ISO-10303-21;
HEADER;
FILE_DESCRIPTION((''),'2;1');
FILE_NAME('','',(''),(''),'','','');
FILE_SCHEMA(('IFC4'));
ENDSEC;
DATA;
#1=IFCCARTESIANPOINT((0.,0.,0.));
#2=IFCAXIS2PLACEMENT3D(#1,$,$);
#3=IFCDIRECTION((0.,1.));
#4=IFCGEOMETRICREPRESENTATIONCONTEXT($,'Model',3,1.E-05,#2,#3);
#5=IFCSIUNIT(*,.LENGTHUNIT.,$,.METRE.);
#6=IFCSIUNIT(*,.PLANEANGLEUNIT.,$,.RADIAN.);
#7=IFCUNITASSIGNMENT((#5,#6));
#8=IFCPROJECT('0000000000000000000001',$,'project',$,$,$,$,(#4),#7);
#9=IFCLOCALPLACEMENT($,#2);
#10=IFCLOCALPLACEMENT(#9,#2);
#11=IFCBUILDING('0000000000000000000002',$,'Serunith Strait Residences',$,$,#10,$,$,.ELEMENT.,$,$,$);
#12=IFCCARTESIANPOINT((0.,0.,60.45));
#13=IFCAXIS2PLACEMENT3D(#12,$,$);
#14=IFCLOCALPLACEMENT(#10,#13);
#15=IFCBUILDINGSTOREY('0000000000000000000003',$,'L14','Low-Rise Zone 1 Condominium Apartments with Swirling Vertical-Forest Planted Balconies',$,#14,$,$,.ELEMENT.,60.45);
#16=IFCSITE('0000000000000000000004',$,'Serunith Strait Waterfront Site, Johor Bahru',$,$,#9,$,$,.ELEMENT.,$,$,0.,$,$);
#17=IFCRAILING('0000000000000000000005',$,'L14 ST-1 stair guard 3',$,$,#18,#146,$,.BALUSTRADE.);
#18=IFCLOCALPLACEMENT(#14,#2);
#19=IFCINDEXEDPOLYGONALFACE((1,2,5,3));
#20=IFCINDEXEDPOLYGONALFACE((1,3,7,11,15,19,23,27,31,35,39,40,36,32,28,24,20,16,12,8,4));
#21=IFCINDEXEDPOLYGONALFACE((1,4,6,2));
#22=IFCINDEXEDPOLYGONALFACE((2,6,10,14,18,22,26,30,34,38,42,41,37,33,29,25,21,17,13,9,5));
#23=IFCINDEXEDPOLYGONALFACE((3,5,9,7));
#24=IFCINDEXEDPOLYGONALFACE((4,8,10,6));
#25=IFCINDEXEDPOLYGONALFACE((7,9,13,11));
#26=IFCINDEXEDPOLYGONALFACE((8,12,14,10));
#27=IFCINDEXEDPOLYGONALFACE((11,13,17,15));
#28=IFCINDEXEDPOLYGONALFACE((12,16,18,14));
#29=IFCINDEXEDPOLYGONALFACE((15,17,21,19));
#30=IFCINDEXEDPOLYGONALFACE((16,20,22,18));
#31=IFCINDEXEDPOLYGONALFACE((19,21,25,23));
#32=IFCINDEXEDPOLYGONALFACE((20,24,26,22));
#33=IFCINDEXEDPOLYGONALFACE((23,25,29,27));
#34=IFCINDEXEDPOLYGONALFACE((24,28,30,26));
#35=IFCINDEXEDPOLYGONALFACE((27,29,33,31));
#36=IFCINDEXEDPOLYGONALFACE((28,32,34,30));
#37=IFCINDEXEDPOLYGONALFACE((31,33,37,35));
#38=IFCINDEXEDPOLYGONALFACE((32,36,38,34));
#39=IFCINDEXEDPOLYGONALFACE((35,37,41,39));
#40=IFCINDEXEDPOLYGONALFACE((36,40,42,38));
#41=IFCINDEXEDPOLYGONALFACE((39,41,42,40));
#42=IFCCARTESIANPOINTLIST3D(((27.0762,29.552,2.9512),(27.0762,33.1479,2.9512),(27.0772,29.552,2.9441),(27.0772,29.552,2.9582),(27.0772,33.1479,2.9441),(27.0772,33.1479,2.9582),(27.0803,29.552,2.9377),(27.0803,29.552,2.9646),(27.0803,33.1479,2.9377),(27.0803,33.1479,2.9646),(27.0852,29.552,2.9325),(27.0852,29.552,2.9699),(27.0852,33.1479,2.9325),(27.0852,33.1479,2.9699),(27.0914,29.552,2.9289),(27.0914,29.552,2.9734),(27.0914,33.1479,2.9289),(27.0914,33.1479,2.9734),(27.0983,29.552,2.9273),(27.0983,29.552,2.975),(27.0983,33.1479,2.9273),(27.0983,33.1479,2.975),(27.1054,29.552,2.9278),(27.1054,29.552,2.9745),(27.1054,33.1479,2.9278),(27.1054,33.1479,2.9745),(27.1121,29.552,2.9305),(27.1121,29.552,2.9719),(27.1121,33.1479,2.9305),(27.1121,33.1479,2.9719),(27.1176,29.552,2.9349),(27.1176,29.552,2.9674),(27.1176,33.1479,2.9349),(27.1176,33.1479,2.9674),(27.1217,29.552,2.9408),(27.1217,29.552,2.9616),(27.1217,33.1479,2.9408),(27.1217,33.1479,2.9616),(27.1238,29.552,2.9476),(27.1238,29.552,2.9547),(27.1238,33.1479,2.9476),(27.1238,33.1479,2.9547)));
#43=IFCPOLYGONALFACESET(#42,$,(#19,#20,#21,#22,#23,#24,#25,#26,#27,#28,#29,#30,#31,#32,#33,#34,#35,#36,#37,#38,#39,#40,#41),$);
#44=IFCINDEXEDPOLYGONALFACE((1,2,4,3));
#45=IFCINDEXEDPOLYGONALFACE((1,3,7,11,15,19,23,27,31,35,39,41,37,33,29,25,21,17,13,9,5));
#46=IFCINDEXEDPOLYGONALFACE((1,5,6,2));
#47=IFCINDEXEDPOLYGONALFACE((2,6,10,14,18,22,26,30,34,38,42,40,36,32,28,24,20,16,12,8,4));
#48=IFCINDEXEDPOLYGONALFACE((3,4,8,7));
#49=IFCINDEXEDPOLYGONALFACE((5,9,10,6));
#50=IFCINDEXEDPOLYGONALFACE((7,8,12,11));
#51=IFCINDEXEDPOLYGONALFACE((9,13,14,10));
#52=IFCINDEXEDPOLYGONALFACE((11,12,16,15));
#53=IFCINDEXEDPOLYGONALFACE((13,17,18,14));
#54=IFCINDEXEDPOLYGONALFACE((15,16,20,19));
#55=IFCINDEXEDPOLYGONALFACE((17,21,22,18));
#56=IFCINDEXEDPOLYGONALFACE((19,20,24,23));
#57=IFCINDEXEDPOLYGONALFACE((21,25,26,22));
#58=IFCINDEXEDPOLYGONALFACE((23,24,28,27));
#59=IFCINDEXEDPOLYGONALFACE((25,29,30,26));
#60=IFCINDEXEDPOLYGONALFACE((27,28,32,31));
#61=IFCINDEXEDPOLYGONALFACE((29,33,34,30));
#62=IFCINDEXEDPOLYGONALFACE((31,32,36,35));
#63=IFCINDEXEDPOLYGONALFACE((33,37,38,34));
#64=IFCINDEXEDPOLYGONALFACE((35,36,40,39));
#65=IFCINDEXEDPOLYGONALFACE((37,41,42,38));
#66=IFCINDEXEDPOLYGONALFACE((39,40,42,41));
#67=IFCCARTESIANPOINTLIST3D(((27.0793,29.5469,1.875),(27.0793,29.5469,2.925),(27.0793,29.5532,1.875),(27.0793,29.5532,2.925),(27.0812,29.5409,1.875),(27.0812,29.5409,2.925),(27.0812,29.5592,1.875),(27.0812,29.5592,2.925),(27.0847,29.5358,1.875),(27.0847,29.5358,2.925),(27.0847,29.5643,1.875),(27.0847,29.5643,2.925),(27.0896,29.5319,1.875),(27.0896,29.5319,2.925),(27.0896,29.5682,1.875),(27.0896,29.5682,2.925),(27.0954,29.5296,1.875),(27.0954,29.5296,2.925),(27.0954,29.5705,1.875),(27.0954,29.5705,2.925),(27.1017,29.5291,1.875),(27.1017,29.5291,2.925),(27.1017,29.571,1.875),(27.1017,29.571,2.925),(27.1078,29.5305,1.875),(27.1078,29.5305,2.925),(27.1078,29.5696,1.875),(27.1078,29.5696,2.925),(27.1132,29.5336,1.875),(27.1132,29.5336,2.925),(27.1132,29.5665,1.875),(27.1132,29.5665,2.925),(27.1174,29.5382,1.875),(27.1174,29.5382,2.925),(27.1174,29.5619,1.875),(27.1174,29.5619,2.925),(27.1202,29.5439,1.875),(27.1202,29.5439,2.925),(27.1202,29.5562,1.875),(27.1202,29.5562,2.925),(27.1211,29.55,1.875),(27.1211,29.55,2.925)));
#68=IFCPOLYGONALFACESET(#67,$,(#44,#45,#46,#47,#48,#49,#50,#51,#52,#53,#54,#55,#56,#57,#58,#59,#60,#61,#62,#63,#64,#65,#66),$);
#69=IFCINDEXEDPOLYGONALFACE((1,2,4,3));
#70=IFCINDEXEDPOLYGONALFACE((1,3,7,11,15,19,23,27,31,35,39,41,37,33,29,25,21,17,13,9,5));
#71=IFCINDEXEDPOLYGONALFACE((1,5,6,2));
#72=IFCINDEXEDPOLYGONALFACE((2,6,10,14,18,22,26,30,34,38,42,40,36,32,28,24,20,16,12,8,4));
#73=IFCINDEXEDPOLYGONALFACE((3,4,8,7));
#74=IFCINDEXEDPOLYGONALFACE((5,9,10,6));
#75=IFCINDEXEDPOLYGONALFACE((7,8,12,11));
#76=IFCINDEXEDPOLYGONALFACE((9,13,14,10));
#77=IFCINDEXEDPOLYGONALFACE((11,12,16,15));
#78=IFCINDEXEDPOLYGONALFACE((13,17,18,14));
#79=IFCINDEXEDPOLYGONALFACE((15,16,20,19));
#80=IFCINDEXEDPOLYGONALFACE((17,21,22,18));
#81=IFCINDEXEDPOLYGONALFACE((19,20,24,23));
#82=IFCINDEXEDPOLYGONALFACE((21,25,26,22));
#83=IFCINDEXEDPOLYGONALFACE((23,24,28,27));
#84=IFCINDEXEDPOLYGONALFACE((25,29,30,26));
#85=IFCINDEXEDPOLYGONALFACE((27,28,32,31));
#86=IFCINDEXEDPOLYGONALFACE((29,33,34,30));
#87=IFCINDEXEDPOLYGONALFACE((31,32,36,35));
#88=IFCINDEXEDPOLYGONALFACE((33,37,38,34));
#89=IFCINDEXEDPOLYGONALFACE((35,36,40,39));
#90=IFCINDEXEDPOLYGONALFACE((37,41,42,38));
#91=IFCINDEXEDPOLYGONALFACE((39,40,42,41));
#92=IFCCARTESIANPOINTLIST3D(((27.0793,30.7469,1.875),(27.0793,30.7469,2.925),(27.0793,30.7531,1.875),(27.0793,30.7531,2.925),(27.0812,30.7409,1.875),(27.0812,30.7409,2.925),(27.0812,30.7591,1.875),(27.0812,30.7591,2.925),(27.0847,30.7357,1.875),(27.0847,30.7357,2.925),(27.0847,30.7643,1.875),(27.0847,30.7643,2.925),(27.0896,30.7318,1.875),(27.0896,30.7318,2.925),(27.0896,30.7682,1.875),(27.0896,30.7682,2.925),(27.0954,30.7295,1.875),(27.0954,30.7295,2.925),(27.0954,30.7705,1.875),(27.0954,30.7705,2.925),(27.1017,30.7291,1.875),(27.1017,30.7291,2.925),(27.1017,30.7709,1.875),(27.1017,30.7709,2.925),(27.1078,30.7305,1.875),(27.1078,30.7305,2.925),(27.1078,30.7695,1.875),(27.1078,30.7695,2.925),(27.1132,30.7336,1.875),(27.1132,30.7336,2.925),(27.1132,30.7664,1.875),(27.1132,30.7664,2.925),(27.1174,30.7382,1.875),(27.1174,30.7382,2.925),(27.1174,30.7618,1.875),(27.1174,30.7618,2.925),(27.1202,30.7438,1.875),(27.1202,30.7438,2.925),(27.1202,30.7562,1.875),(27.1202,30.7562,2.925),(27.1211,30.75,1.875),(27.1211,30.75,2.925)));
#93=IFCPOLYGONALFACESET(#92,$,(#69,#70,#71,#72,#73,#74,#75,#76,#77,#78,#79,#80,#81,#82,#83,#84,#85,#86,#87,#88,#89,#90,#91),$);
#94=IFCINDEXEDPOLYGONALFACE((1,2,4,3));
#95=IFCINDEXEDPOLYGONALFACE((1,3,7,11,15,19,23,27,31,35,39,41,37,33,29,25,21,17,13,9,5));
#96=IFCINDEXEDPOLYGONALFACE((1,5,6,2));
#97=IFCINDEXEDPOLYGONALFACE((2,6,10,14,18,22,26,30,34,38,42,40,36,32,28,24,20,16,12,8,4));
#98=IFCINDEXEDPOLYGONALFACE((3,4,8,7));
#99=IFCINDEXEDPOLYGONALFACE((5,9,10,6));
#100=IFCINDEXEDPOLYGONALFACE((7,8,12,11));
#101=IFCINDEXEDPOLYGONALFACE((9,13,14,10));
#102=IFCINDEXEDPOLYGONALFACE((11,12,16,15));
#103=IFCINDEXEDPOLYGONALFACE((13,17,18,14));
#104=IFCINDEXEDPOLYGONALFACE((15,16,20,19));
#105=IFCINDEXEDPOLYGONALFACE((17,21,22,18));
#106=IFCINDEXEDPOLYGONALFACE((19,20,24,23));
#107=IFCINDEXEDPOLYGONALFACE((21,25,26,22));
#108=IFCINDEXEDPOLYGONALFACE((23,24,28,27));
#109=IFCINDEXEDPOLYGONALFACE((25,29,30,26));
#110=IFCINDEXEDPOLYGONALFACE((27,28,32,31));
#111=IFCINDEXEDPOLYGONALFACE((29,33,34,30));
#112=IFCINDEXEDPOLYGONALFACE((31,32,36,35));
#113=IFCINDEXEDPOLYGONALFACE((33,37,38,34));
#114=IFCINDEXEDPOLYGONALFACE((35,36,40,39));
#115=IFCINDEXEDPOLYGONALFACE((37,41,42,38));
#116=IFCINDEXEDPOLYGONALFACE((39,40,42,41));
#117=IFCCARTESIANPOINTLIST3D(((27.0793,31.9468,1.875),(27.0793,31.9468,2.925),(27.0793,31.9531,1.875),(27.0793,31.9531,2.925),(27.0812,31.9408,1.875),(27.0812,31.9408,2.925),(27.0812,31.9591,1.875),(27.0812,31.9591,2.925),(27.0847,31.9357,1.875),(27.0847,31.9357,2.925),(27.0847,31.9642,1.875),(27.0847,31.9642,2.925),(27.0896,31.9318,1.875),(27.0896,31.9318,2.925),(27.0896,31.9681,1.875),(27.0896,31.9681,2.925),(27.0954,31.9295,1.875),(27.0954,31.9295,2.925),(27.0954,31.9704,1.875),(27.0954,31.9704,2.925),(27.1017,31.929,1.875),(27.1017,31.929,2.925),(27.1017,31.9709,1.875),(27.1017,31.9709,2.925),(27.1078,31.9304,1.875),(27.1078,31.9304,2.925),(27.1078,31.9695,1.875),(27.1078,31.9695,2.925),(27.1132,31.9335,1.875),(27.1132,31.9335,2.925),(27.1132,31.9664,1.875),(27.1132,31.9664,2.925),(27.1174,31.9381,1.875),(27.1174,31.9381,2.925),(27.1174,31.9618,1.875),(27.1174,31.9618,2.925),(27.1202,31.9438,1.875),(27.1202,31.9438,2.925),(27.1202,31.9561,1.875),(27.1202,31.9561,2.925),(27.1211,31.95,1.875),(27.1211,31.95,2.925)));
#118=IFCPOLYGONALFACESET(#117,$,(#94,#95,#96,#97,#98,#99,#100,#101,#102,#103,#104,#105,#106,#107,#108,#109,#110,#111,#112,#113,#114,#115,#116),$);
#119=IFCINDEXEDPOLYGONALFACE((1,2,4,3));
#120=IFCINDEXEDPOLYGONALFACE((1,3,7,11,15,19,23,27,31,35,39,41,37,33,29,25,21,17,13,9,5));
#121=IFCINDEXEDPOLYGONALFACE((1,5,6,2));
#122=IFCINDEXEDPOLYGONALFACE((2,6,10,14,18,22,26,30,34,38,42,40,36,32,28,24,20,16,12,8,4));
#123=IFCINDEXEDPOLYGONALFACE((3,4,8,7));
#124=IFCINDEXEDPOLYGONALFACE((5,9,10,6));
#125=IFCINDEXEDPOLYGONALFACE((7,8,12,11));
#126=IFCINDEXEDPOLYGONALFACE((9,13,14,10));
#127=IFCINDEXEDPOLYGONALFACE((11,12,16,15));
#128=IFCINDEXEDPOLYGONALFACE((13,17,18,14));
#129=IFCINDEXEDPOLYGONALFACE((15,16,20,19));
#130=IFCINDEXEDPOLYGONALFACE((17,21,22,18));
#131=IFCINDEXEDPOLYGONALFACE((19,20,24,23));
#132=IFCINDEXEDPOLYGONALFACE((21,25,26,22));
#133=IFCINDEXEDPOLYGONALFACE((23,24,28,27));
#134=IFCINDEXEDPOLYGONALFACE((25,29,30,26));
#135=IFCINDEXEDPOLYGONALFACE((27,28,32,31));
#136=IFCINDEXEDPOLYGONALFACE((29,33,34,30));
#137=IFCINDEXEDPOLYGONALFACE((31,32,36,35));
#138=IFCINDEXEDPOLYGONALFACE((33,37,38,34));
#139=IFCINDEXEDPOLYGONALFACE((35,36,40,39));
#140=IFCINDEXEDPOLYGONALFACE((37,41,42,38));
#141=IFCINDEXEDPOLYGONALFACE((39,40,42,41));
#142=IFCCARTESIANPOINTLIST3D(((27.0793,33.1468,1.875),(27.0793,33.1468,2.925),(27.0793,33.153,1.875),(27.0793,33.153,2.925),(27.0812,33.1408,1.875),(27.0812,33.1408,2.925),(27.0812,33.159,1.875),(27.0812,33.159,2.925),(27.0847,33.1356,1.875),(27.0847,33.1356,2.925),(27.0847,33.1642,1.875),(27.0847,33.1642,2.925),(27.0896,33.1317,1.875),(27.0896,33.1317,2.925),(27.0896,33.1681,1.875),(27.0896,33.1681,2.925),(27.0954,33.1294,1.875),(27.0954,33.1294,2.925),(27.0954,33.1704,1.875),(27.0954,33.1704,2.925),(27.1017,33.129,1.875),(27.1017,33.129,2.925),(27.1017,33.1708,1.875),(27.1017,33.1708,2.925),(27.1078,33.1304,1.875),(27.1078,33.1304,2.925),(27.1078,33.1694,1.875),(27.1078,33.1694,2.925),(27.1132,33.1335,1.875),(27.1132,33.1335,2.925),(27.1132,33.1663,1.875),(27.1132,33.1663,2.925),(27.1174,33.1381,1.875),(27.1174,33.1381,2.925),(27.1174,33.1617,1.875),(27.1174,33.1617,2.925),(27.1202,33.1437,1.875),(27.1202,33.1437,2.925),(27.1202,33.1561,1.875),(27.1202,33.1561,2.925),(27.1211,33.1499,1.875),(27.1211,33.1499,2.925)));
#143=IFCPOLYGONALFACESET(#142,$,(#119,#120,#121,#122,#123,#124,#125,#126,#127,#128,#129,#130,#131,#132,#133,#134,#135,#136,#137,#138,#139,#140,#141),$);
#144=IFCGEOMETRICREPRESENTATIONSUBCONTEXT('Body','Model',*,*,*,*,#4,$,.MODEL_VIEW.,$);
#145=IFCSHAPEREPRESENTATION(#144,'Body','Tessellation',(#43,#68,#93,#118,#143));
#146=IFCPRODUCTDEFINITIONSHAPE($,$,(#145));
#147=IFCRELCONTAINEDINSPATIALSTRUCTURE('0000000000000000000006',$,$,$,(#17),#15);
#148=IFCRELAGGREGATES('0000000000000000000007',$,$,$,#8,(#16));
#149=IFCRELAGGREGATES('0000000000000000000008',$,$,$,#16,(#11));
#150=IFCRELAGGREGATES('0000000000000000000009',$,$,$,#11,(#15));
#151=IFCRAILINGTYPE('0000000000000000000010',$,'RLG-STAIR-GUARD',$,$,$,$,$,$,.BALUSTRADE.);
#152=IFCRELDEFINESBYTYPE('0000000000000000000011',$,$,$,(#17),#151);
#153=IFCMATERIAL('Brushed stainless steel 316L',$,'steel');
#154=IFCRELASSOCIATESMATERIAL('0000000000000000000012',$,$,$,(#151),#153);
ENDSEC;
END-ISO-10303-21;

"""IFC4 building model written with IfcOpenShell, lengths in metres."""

from ifc_helpers import new_model, si_unit, direction, frame, origin, origin_2d, place, context, subcontext, project, spatial, circle, extrude, material, type_object, element, save


model = new_model("IFC4")

# Units and contexts
model_context = context("Model", 3, precision=1e-05, world=origin(), true_north=direction((0.0, 1.0)))
body_context = subcontext(model_context, "Body", "Model", "MODEL_VIEW")
ifc_project = project(units=[si_unit("LENGTHUNIT", "METRE"), si_unit("PLANEANGLEUNIT", "RADIAN")], contexts=[model_context])

# Site, building, storey
site_placement = place(None, origin())
site = spatial("IfcSite", under=ifc_project, at=site_placement, Name="Serunith Strait Waterfront Site, Johor Bahru", CompositionType="ELEMENT", RefElevation=0.0)
building_placement = place(site_placement, origin())
building = spatial("IfcBuilding", under=site, at=building_placement, Name="Serunith Strait Residences", CompositionType="ELEMENT")
storey_placement = place(building_placement, frame((0.0, 0.0, 60.45)))
storey = spatial("IfcBuildingStorey", under=building, at=storey_placement, Name="L14", Description="Low-Rise Zone 1 Condominium Apartments with Swirling Vertical-Forest Planted Balconies", CompositionType="ELEMENT", Elevation=60.45)

# Railing
ifc_material_1 = material(Name="Brushed stainless steel 316L", Category="steel")
railing_type_1 = type_object("IfcRailingType", Name="RLG-STAIR-GUARD", PredefinedType="BALUSTRADE", material=ifc_material_1)
for number, where, name in (
    (1, (27.1001, 29.55, 1.875), "L14 ST-1 stair guard 3"),
):
    element("IfcRailing", number, at=place(storey_placement, frame(where)), inside=storey, type_object=railing_type_1, Name=name, PredefinedType="BALUSTRADE", context=body_context, shape_type="SweptSolid", body=[
        extrude(circle(Radius=0.0239, at=origin_2d()), frame((0.0, 0.002, 1.0762), z_axis=(0.0, 1.0, 0.0), x_axis=(-1.0, 0.0, 0.0)), (0.0, 0.0, 1.0), 3.5959),
        extrude(circle(Radius=0.021, at=origin_2d()), origin(), (0.0, 0.0, 1.0), 1.05),
        extrude(circle(Radius=0.021, at=origin_2d()), frame((0.0, 1.2, 0.0)), (0.0, 0.0, 1.0), 1.05),
        extrude(circle(Radius=0.021, at=origin_2d()), frame((0.0, 2.3999, 0.0)), (0.0, 0.0, 1.0), 1.05),
        extrude(circle(Radius=0.021, at=origin_2d()), frame((0.0, 3.5999, 0.0)), (0.0, 0.0, 1.0), 1.05),
    ])

save(model, "model.ifc")
